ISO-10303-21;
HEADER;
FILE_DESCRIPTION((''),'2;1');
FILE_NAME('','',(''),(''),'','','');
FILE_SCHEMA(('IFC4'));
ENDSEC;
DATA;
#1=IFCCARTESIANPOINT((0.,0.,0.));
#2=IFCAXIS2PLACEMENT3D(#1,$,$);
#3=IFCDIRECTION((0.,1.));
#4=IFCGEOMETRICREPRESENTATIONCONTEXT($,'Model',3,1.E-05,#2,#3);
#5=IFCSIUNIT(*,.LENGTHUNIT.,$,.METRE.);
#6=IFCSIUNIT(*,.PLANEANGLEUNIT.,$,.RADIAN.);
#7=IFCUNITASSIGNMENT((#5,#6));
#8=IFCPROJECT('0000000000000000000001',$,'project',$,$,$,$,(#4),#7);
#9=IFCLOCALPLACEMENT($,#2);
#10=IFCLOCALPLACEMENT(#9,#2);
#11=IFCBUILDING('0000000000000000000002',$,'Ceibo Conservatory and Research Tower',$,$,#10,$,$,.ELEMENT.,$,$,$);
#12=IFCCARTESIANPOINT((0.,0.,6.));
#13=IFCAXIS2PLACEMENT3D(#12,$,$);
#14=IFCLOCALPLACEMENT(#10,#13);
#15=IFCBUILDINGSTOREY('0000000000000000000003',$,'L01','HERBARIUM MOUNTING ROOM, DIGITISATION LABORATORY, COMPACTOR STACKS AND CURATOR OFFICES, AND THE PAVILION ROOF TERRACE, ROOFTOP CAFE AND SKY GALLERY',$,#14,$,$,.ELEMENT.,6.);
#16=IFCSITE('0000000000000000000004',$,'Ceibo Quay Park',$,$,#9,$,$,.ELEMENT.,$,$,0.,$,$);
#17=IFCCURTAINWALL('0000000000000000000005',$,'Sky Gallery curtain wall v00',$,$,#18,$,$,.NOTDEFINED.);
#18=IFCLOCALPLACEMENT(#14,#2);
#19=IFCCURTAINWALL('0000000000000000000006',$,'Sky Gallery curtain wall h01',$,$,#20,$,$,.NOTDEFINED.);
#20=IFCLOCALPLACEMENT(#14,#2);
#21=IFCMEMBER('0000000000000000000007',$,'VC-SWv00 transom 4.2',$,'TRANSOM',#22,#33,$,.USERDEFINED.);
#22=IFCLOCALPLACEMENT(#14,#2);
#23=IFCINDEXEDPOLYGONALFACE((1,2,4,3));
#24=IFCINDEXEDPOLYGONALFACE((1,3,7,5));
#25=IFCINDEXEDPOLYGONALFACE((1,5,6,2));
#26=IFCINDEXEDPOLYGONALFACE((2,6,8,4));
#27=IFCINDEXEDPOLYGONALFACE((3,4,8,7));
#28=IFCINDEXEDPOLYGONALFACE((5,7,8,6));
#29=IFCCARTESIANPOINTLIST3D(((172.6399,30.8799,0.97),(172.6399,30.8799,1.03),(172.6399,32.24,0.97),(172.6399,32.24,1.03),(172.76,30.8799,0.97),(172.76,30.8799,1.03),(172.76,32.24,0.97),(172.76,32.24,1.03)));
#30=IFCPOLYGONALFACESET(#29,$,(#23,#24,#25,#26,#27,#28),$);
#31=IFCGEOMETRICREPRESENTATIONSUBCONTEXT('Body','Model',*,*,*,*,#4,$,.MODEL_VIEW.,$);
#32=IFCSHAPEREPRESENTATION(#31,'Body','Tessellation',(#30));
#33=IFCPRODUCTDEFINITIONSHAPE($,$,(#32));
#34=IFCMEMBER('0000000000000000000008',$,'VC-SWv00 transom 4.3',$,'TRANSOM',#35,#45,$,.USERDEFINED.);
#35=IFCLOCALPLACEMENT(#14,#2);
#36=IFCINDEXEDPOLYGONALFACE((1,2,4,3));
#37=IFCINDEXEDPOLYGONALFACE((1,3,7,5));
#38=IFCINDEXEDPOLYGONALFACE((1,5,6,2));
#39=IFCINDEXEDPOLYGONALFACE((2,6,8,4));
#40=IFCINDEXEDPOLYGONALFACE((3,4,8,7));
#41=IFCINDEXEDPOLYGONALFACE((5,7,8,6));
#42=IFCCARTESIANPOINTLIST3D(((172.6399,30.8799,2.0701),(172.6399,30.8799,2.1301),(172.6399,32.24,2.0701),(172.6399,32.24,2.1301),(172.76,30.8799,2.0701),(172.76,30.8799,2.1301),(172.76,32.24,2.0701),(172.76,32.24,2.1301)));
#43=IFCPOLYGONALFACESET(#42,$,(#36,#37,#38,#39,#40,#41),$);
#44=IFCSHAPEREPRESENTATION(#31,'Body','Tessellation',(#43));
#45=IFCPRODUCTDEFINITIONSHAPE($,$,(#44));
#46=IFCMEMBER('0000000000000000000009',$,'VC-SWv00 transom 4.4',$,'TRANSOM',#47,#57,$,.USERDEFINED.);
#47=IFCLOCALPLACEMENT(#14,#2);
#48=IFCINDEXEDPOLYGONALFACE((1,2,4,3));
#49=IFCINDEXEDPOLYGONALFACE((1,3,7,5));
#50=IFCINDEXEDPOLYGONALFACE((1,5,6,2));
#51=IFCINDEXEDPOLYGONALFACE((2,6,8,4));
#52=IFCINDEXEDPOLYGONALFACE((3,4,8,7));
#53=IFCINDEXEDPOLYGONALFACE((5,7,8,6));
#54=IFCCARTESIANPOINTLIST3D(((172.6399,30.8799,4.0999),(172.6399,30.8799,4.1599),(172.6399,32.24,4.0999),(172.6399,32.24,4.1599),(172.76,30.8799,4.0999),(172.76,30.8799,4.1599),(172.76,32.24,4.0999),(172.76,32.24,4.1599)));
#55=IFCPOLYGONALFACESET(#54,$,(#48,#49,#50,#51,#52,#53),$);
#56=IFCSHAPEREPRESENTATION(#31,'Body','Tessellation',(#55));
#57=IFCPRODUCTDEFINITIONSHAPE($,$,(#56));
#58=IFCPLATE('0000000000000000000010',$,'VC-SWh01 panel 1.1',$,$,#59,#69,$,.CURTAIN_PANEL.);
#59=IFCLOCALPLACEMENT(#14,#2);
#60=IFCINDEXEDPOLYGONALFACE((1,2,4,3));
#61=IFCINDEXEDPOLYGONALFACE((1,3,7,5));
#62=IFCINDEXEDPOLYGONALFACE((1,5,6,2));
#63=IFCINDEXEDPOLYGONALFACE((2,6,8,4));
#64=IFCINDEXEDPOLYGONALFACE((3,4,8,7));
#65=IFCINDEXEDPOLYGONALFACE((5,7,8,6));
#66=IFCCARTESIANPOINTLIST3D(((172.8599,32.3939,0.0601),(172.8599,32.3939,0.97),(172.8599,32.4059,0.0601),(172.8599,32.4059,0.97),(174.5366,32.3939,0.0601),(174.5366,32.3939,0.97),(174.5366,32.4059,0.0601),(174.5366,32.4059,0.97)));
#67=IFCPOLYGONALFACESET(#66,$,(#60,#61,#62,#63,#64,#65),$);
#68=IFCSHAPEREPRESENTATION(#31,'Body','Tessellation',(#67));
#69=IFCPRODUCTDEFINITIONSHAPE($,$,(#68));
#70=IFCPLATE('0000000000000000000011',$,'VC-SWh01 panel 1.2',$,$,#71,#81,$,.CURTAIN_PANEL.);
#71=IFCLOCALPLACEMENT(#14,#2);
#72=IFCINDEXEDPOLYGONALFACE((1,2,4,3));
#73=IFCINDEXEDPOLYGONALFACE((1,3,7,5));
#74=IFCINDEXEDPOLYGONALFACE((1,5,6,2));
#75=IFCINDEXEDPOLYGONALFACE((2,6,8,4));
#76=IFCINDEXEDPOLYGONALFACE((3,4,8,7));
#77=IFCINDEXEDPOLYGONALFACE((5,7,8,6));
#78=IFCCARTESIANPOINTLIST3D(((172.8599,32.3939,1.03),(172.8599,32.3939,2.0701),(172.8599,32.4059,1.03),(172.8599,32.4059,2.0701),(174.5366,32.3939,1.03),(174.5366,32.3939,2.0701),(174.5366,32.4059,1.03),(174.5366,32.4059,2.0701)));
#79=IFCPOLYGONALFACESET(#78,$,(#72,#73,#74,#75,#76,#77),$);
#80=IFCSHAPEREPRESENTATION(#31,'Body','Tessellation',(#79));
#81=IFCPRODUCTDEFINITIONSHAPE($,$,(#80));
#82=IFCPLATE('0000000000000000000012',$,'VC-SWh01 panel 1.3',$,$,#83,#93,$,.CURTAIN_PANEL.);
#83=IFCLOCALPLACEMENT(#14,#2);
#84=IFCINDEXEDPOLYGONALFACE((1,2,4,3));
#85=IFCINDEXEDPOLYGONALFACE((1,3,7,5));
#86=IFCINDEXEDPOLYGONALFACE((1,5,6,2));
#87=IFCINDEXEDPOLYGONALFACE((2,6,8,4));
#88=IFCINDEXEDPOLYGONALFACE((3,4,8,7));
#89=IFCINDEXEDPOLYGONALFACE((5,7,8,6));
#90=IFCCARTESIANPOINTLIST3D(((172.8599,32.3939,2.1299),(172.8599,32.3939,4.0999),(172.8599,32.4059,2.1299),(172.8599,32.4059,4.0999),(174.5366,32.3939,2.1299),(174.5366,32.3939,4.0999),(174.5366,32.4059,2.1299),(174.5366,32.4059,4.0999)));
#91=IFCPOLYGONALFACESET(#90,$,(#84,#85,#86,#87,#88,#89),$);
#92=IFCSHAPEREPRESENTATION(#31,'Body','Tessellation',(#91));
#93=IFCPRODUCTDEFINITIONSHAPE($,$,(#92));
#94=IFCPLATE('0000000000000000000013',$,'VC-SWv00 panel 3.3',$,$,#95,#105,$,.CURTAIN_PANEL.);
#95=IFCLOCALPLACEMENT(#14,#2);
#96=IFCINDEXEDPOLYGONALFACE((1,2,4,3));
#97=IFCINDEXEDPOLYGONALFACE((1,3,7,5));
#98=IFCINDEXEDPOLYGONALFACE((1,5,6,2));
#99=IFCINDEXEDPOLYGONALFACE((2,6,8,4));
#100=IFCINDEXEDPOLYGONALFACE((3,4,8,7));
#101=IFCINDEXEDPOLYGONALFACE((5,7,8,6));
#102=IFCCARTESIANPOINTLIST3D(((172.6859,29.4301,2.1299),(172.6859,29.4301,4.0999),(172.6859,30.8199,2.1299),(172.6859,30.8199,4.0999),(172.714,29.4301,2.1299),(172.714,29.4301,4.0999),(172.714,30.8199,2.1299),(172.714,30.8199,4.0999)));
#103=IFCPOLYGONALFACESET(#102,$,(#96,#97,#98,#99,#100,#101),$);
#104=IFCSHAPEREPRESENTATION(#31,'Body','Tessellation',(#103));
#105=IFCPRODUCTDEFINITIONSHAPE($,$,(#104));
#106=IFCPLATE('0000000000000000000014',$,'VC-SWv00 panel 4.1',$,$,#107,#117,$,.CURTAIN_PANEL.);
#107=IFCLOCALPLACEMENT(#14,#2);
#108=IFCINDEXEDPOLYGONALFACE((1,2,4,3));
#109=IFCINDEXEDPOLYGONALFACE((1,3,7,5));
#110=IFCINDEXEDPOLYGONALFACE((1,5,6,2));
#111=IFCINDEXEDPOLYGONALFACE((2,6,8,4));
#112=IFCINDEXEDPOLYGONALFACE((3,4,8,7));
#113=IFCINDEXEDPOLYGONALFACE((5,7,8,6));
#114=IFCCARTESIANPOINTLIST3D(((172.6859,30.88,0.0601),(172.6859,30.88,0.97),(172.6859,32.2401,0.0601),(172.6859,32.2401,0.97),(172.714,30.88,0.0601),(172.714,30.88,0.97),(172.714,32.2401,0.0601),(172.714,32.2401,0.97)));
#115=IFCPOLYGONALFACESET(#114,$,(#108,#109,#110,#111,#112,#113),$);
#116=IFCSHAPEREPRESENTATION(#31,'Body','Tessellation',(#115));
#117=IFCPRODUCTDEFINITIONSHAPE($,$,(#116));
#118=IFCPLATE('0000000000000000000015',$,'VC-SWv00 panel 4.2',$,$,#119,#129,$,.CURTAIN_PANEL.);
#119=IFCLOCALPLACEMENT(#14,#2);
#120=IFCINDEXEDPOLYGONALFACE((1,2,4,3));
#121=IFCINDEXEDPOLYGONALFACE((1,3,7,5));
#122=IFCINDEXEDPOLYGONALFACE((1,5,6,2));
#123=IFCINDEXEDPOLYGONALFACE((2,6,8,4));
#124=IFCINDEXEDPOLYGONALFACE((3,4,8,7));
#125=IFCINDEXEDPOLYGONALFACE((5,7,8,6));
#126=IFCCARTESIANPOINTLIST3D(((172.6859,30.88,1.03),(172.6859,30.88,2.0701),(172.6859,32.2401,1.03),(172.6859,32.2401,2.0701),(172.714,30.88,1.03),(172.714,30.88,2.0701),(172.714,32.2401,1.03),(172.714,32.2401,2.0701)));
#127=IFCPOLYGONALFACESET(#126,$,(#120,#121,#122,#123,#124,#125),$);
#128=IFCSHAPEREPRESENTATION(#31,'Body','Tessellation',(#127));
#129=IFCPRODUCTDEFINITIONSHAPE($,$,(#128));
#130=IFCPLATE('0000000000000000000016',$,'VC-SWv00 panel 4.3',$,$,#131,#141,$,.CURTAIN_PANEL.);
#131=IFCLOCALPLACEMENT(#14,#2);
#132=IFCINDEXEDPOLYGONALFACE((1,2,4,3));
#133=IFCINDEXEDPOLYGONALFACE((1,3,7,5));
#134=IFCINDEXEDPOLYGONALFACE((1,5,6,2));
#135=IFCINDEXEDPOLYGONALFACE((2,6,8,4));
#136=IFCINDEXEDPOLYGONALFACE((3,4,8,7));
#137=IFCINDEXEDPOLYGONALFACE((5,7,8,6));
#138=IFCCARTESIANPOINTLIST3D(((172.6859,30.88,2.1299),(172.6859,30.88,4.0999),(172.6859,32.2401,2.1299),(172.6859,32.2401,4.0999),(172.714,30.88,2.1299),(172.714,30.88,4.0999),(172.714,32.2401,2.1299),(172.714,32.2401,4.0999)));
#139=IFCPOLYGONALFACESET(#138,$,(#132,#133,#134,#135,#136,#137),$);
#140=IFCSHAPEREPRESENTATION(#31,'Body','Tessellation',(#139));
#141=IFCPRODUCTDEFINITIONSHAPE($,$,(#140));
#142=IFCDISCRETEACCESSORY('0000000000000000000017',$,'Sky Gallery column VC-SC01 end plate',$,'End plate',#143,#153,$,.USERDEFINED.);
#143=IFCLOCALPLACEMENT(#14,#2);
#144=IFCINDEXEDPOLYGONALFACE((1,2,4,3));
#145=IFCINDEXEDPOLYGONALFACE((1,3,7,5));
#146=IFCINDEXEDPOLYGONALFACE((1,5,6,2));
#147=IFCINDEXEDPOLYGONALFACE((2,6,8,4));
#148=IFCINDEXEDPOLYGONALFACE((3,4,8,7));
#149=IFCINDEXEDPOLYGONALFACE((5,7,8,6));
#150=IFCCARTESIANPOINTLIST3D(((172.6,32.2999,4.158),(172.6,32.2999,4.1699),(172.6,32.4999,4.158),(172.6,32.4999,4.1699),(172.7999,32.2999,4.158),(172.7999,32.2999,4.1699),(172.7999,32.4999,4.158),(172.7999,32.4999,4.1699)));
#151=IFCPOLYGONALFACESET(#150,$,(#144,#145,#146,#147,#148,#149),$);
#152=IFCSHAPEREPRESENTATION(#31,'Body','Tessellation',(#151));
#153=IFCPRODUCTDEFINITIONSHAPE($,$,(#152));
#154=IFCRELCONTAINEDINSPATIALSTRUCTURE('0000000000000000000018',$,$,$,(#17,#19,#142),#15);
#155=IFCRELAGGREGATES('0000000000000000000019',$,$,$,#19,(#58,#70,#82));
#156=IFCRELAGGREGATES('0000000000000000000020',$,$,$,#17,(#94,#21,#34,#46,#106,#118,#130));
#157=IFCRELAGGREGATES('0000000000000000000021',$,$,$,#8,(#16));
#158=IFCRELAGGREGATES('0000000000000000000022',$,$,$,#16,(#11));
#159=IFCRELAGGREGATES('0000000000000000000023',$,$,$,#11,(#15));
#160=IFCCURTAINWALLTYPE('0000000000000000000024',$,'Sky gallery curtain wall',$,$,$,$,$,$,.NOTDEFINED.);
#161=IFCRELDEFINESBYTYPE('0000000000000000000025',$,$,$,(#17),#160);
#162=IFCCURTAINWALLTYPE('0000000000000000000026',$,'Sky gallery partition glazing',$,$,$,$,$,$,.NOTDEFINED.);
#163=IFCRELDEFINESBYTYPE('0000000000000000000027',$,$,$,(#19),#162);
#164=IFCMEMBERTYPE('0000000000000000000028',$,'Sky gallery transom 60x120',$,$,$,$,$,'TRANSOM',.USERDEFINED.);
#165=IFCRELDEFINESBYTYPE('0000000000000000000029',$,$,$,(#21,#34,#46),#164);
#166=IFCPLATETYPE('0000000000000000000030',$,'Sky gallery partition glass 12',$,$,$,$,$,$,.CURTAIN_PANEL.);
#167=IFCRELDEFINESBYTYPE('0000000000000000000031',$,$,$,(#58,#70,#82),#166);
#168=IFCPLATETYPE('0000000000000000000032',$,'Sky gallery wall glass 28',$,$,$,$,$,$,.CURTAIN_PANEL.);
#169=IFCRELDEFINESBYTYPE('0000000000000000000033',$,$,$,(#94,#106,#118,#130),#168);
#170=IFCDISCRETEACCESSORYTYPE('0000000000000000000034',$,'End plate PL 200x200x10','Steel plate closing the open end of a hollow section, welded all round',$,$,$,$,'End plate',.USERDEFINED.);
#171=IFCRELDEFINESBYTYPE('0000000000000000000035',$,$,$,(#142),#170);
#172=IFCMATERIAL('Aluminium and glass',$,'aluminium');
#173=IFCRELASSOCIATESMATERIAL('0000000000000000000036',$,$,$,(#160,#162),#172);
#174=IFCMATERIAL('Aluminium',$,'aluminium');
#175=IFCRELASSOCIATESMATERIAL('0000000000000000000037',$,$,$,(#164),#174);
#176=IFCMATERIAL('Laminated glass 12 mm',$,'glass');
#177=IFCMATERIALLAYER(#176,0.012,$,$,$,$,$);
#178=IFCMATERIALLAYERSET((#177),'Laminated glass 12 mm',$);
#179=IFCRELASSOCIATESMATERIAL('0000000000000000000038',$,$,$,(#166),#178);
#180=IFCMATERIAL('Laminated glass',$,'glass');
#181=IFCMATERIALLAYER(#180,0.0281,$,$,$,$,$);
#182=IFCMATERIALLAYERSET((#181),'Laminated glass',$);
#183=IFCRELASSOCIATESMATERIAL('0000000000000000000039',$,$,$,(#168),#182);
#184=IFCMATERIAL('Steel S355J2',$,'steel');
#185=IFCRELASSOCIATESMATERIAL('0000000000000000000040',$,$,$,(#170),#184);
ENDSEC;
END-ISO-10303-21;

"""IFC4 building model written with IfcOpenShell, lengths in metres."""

from ifc_helpers import new_model, si_unit, direction, frame, origin, origin_2d, place, context, subcontext, project, spatial, rectangle, extrude, material, layer, layer_set, material_profile, profile_set, type_object, element, aggregate, save


model = new_model("IFC4")

# Units and contexts
model_context = context("Model", 3, precision=1e-05, world=origin(), true_north=direction((0.0, 1.0)))
body_context = subcontext(model_context, "Body", "Model", "MODEL_VIEW")
ifc_project = project(units=[si_unit("LENGTHUNIT", "METRE"), si_unit("PLANEANGLEUNIT", "RADIAN")], contexts=[model_context])

# Site, building, storey
site_placement = place(None, origin())
site = spatial("IfcSite", under=ifc_project, at=site_placement, Name="Ceibo Quay Park", CompositionType="ELEMENT", RefElevation=0.0)
building_placement = place(site_placement, origin())
building = spatial("IfcBuilding", under=site, at=building_placement, Name="Ceibo Conservatory and Research Tower", CompositionType="ELEMENT")
storey_placement = place(building_placement, frame((0.0, 0.0, 6.0)))
storey = spatial("IfcBuildingStorey", under=building, at=storey_placement, Name="L01", Description="HERBARIUM MOUNTING ROOM, DIGITISATION LABORATORY, COMPACTOR STACKS AND CURATOR OFFICES, AND THE PAVILION ROOF TERRACE, ROOFTOP CAFE AND SKY GALLERY", CompositionType="ELEMENT", Elevation=6.0)

# Shared definitions
ifc_material_1 = material(Name="Steel S355J2", Category="steel")

# Curtain wall
ifc_material_2 = material(Name="Aluminium and glass", Category="aluminium")
curtain_wall_type_1 = type_object("IfcCurtainWallType", Name="Sky gallery curtain wall", PredefinedType="NOTDEFINED", material=ifc_material_2)
curtain_wall_1_placement = place(storey_placement, origin())
curtain_wall_1 = element("IfcCurtainWall", 1, at=curtain_wall_1_placement, inside=storey, type_object=curtain_wall_type_1, Name="Sky Gallery curtain wall v00", PredefinedType="NOTDEFINED")
ifc_material_3 = material(Name="Aluminium", Category="aluminium")

# Curtain wall
curtain_wall_type_2 = type_object("IfcCurtainWallType", Name="Sky gallery partition glazing", PredefinedType="NOTDEFINED", material=ifc_material_2)
curtain_wall_2_placement = place(storey_placement, origin())
curtain_wall_2 = element("IfcCurtainWall", 2, at=curtain_wall_2_placement, inside=storey, type_object=curtain_wall_type_2, Name="Sky Gallery curtain wall h01", PredefinedType="NOTDEFINED")

# Members
ifc_material_profile_1 = material_profile(ifc_material_3, rectangle(XDim=0.1201, YDim=0.0601, at=origin_2d()), Name="AL 60x120")
ifc_profile_set_1 = profile_set([ifc_material_profile_1], Name="Aluminium")
member_type_1 = type_object("IfcMemberType", Name="Sky gallery transom 60x120", ElementType="TRANSOM", PredefinedType="USERDEFINED", material=ifc_profile_set_1)
member_1_placement = place(storey_placement, frame((172.7, 30.8799, 1.0), z_axis=(0.0, 1.0, 0.0), x_axis=(-1.0, 0.0, 0.0)))
member_1 = element("IfcMember", 3, at=member_1_placement, type_object=member_type_1, Name="VC-SWv00 transom 4.2", ObjectType="TRANSOM", PredefinedType="USERDEFINED", context=body_context, shape_type="SweptSolid", body=[
    extrude(rectangle(XDim=0.1201, YDim=0.0601, at=origin_2d()), origin(), (0.0, 0.0, 1.0), 1.3601),
])
member_2_placement = place(storey_placement, frame((172.7, 30.8799, 2.1001), z_axis=(0.0, 1.0, 0.0), x_axis=(-1.0, 0.0, 0.0)))
member_2 = element("IfcMember", 4, at=member_2_placement, type_object=member_type_1, Name="VC-SWv00 transom 4.3", ObjectType="TRANSOM", PredefinedType="USERDEFINED", context=body_context, shape_type="SweptSolid", body=[
    extrude(rectangle(XDim=0.1201, YDim=0.0601, at=origin_2d()), origin(), (0.0, 0.0, 1.0), 1.3601),
])
member_3_placement = place(storey_placement, frame((172.7, 30.8799, 4.1299), z_axis=(0.0, 1.0, 0.0), x_axis=(-1.0, 0.0, 0.0)))
member_3 = element("IfcMember", 5, at=member_3_placement, type_object=member_type_1, Name="VC-SWv00 transom 4.4", ObjectType="TRANSOM", PredefinedType="USERDEFINED", context=body_context, shape_type="SweptSolid", body=[
    extrude(rectangle(XDim=0.1201, YDim=0.0601, at=origin_2d()), origin(), (0.0, 0.0, 1.0), 1.3601),
])

# Plates
ifc_material_4 = material(Name="Laminated glass 12 mm", Category="glass")
ifc_layer_1 = layer(ifc_material_4, 0.012)
ifc_layer_set_1 = layer_set([ifc_layer_1], Name="Laminated glass 12 mm")
plate_type_1 = type_object("IfcPlateType", Name="Sky gallery partition glass 12", PredefinedType="CURTAIN_PANEL", material=ifc_layer_set_1)
plate_1_placement = place(storey_placement, frame((173.6982, 32.3999, 0.0601), z_axis=(0.0, 0.0, 1.0), x_axis=(1.0, 0.0, 0.0)))
plate_1 = element("IfcPlate", 6, at=plate_1_placement, type_object=plate_type_1, Name="VC-SWh01 panel 1.1", PredefinedType="CURTAIN_PANEL", context=body_context, shape_type="SweptSolid", body=[
    extrude(rectangle(XDim=1.6768, YDim=0.012, at=origin_2d()), origin(), (0.0, 0.0, 1.0), 0.9099),
])
plate_2_placement = place(storey_placement, frame((173.6982, 32.3999, 1.03), z_axis=(0.0, 0.0, 1.0), x_axis=(1.0, 0.0, 0.0)))
plate_2 = element("IfcPlate", 7, at=plate_2_placement, type_object=plate_type_1, Name="VC-SWh01 panel 1.2", PredefinedType="CURTAIN_PANEL", context=body_context, shape_type="SweptSolid", body=[
    extrude(rectangle(XDim=1.6768, YDim=0.012, at=origin_2d()), origin(), (0.0, 0.0, 1.0), 1.04),
])
plate_3_placement = place(storey_placement, frame((173.6982, 32.3999, 2.1299), z_axis=(0.0, 0.0, 1.0), x_axis=(1.0, 0.0, 0.0)))
plate_3 = element("IfcPlate", 8, at=plate_3_placement, type_object=plate_type_1, Name="VC-SWh01 panel 1.3", PredefinedType="CURTAIN_PANEL", context=body_context, shape_type="SweptSolid", body=[
    extrude(rectangle(XDim=1.6768, YDim=0.012, at=origin_2d()), origin(), (0.0, 0.0, 1.0), 1.97),
])
aggregate(curtain_wall_2, [plate_1, plate_2, plate_3])
ifc_material_5 = material(Name="Laminated glass", Category="glass")
ifc_layer_2 = layer(ifc_material_5, 0.0281)
ifc_layer_set_2 = layer_set([ifc_layer_2], Name="Laminated glass")
plate_type_2 = type_object("IfcPlateType", Name="Sky gallery wall glass 28", PredefinedType="CURTAIN_PANEL", material=ifc_layer_set_2)
plate_4_placement = place(storey_placement, frame((172.7, 30.125, 2.1299), z_axis=(0.0, 0.0, 1.0), x_axis=(0.0, 1.0, 0.0)))
plate_4 = element("IfcPlate", 9, at=plate_4_placement, type_object=plate_type_2, Name="VC-SWv00 panel 3.3", PredefinedType="CURTAIN_PANEL", context=body_context, shape_type="SweptSolid", body=[
    extrude(rectangle(XDim=1.3899, YDim=0.0281, at=origin_2d()), origin(), (0.0, 0.0, 1.0), 1.97),
])
plate_5_placement = place(storey_placement, frame((172.7, 31.5601, 0.0601), z_axis=(0.0, 0.0, 1.0), x_axis=(0.0, 1.0, 0.0)))
plate_5 = element("IfcPlate", 10, at=plate_5_placement, type_object=plate_type_2, Name="VC-SWv00 panel 4.1", PredefinedType="CURTAIN_PANEL", context=body_context, shape_type="SweptSolid", body=[
    extrude(rectangle(XDim=1.3601, YDim=0.0281, at=origin_2d()), origin(), (0.0, 0.0, 1.0), 0.9099),
])
plate_6_placement = place(storey_placement, frame((172.7, 31.5601, 1.03), z_axis=(0.0, 0.0, 1.0), x_axis=(0.0, 1.0, 0.0)))
plate_6 = element("IfcPlate", 11, at=plate_6_placement, type_object=plate_type_2, Name="VC-SWv00 panel 4.2", PredefinedType="CURTAIN_PANEL", context=body_context, shape_type="SweptSolid", body=[
    extrude(rectangle(XDim=1.3601, YDim=0.0281, at=origin_2d()), origin(), (0.0, 0.0, 1.0), 1.04),
])
plate_7_placement = place(storey_placement, frame((172.7, 31.5601, 2.1299), z_axis=(0.0, 0.0, 1.0), x_axis=(0.0, 1.0, 0.0)))
plate_7 = element("IfcPlate", 12, at=plate_7_placement, type_object=plate_type_2, Name="VC-SWv00 panel 4.3", PredefinedType="CURTAIN_PANEL", context=body_context, shape_type="SweptSolid", body=[
    extrude(rectangle(XDim=1.3601, YDim=0.0281, at=origin_2d()), origin(), (0.0, 0.0, 1.0), 1.97),
])
aggregate(curtain_wall_1, [plate_4, member_1, member_2, member_3, plate_5, plate_6, plate_7])

# Discrete accessory
ifc_material_profile_2 = material_profile(ifc_material_1, rectangle(XDim=0.2, YDim=0.2, at=origin_2d()), Name="End plate PL 200x200x10")
ifc_profile_set_2 = profile_set([ifc_material_profile_2], Name="Steel S355J2")
discrete_accessory_type = type_object("IfcDiscreteAccessoryType", Name="End plate PL 200x200x10", Description="Steel plate closing the open end of a hollow section, welded all round", ElementType="End plate", PredefinedType="USERDEFINED", material=ifc_profile_set_2)
discrete_accessory_placement = place(storey_placement, frame((172.7, 32.3999, 4.158), z_axis=(0.0, 0.0, 1.0), x_axis=(1.0, 0.0, 0.0)))
element("IfcDiscreteAccessory", 13, at=discrete_accessory_placement, inside=storey, type_object=discrete_accessory_type, Name="Sky Gallery column VC-SC01 end plate", ObjectType="End plate", PredefinedType="USERDEFINED", context=body_context, shape_type="SweptSolid", body=[
    extrude(rectangle(XDim=0.2, YDim=0.2, at=origin_2d()), origin(), (0.0, 0.0, 1.0), 0.012),
])

save(model, "model.ifc")
